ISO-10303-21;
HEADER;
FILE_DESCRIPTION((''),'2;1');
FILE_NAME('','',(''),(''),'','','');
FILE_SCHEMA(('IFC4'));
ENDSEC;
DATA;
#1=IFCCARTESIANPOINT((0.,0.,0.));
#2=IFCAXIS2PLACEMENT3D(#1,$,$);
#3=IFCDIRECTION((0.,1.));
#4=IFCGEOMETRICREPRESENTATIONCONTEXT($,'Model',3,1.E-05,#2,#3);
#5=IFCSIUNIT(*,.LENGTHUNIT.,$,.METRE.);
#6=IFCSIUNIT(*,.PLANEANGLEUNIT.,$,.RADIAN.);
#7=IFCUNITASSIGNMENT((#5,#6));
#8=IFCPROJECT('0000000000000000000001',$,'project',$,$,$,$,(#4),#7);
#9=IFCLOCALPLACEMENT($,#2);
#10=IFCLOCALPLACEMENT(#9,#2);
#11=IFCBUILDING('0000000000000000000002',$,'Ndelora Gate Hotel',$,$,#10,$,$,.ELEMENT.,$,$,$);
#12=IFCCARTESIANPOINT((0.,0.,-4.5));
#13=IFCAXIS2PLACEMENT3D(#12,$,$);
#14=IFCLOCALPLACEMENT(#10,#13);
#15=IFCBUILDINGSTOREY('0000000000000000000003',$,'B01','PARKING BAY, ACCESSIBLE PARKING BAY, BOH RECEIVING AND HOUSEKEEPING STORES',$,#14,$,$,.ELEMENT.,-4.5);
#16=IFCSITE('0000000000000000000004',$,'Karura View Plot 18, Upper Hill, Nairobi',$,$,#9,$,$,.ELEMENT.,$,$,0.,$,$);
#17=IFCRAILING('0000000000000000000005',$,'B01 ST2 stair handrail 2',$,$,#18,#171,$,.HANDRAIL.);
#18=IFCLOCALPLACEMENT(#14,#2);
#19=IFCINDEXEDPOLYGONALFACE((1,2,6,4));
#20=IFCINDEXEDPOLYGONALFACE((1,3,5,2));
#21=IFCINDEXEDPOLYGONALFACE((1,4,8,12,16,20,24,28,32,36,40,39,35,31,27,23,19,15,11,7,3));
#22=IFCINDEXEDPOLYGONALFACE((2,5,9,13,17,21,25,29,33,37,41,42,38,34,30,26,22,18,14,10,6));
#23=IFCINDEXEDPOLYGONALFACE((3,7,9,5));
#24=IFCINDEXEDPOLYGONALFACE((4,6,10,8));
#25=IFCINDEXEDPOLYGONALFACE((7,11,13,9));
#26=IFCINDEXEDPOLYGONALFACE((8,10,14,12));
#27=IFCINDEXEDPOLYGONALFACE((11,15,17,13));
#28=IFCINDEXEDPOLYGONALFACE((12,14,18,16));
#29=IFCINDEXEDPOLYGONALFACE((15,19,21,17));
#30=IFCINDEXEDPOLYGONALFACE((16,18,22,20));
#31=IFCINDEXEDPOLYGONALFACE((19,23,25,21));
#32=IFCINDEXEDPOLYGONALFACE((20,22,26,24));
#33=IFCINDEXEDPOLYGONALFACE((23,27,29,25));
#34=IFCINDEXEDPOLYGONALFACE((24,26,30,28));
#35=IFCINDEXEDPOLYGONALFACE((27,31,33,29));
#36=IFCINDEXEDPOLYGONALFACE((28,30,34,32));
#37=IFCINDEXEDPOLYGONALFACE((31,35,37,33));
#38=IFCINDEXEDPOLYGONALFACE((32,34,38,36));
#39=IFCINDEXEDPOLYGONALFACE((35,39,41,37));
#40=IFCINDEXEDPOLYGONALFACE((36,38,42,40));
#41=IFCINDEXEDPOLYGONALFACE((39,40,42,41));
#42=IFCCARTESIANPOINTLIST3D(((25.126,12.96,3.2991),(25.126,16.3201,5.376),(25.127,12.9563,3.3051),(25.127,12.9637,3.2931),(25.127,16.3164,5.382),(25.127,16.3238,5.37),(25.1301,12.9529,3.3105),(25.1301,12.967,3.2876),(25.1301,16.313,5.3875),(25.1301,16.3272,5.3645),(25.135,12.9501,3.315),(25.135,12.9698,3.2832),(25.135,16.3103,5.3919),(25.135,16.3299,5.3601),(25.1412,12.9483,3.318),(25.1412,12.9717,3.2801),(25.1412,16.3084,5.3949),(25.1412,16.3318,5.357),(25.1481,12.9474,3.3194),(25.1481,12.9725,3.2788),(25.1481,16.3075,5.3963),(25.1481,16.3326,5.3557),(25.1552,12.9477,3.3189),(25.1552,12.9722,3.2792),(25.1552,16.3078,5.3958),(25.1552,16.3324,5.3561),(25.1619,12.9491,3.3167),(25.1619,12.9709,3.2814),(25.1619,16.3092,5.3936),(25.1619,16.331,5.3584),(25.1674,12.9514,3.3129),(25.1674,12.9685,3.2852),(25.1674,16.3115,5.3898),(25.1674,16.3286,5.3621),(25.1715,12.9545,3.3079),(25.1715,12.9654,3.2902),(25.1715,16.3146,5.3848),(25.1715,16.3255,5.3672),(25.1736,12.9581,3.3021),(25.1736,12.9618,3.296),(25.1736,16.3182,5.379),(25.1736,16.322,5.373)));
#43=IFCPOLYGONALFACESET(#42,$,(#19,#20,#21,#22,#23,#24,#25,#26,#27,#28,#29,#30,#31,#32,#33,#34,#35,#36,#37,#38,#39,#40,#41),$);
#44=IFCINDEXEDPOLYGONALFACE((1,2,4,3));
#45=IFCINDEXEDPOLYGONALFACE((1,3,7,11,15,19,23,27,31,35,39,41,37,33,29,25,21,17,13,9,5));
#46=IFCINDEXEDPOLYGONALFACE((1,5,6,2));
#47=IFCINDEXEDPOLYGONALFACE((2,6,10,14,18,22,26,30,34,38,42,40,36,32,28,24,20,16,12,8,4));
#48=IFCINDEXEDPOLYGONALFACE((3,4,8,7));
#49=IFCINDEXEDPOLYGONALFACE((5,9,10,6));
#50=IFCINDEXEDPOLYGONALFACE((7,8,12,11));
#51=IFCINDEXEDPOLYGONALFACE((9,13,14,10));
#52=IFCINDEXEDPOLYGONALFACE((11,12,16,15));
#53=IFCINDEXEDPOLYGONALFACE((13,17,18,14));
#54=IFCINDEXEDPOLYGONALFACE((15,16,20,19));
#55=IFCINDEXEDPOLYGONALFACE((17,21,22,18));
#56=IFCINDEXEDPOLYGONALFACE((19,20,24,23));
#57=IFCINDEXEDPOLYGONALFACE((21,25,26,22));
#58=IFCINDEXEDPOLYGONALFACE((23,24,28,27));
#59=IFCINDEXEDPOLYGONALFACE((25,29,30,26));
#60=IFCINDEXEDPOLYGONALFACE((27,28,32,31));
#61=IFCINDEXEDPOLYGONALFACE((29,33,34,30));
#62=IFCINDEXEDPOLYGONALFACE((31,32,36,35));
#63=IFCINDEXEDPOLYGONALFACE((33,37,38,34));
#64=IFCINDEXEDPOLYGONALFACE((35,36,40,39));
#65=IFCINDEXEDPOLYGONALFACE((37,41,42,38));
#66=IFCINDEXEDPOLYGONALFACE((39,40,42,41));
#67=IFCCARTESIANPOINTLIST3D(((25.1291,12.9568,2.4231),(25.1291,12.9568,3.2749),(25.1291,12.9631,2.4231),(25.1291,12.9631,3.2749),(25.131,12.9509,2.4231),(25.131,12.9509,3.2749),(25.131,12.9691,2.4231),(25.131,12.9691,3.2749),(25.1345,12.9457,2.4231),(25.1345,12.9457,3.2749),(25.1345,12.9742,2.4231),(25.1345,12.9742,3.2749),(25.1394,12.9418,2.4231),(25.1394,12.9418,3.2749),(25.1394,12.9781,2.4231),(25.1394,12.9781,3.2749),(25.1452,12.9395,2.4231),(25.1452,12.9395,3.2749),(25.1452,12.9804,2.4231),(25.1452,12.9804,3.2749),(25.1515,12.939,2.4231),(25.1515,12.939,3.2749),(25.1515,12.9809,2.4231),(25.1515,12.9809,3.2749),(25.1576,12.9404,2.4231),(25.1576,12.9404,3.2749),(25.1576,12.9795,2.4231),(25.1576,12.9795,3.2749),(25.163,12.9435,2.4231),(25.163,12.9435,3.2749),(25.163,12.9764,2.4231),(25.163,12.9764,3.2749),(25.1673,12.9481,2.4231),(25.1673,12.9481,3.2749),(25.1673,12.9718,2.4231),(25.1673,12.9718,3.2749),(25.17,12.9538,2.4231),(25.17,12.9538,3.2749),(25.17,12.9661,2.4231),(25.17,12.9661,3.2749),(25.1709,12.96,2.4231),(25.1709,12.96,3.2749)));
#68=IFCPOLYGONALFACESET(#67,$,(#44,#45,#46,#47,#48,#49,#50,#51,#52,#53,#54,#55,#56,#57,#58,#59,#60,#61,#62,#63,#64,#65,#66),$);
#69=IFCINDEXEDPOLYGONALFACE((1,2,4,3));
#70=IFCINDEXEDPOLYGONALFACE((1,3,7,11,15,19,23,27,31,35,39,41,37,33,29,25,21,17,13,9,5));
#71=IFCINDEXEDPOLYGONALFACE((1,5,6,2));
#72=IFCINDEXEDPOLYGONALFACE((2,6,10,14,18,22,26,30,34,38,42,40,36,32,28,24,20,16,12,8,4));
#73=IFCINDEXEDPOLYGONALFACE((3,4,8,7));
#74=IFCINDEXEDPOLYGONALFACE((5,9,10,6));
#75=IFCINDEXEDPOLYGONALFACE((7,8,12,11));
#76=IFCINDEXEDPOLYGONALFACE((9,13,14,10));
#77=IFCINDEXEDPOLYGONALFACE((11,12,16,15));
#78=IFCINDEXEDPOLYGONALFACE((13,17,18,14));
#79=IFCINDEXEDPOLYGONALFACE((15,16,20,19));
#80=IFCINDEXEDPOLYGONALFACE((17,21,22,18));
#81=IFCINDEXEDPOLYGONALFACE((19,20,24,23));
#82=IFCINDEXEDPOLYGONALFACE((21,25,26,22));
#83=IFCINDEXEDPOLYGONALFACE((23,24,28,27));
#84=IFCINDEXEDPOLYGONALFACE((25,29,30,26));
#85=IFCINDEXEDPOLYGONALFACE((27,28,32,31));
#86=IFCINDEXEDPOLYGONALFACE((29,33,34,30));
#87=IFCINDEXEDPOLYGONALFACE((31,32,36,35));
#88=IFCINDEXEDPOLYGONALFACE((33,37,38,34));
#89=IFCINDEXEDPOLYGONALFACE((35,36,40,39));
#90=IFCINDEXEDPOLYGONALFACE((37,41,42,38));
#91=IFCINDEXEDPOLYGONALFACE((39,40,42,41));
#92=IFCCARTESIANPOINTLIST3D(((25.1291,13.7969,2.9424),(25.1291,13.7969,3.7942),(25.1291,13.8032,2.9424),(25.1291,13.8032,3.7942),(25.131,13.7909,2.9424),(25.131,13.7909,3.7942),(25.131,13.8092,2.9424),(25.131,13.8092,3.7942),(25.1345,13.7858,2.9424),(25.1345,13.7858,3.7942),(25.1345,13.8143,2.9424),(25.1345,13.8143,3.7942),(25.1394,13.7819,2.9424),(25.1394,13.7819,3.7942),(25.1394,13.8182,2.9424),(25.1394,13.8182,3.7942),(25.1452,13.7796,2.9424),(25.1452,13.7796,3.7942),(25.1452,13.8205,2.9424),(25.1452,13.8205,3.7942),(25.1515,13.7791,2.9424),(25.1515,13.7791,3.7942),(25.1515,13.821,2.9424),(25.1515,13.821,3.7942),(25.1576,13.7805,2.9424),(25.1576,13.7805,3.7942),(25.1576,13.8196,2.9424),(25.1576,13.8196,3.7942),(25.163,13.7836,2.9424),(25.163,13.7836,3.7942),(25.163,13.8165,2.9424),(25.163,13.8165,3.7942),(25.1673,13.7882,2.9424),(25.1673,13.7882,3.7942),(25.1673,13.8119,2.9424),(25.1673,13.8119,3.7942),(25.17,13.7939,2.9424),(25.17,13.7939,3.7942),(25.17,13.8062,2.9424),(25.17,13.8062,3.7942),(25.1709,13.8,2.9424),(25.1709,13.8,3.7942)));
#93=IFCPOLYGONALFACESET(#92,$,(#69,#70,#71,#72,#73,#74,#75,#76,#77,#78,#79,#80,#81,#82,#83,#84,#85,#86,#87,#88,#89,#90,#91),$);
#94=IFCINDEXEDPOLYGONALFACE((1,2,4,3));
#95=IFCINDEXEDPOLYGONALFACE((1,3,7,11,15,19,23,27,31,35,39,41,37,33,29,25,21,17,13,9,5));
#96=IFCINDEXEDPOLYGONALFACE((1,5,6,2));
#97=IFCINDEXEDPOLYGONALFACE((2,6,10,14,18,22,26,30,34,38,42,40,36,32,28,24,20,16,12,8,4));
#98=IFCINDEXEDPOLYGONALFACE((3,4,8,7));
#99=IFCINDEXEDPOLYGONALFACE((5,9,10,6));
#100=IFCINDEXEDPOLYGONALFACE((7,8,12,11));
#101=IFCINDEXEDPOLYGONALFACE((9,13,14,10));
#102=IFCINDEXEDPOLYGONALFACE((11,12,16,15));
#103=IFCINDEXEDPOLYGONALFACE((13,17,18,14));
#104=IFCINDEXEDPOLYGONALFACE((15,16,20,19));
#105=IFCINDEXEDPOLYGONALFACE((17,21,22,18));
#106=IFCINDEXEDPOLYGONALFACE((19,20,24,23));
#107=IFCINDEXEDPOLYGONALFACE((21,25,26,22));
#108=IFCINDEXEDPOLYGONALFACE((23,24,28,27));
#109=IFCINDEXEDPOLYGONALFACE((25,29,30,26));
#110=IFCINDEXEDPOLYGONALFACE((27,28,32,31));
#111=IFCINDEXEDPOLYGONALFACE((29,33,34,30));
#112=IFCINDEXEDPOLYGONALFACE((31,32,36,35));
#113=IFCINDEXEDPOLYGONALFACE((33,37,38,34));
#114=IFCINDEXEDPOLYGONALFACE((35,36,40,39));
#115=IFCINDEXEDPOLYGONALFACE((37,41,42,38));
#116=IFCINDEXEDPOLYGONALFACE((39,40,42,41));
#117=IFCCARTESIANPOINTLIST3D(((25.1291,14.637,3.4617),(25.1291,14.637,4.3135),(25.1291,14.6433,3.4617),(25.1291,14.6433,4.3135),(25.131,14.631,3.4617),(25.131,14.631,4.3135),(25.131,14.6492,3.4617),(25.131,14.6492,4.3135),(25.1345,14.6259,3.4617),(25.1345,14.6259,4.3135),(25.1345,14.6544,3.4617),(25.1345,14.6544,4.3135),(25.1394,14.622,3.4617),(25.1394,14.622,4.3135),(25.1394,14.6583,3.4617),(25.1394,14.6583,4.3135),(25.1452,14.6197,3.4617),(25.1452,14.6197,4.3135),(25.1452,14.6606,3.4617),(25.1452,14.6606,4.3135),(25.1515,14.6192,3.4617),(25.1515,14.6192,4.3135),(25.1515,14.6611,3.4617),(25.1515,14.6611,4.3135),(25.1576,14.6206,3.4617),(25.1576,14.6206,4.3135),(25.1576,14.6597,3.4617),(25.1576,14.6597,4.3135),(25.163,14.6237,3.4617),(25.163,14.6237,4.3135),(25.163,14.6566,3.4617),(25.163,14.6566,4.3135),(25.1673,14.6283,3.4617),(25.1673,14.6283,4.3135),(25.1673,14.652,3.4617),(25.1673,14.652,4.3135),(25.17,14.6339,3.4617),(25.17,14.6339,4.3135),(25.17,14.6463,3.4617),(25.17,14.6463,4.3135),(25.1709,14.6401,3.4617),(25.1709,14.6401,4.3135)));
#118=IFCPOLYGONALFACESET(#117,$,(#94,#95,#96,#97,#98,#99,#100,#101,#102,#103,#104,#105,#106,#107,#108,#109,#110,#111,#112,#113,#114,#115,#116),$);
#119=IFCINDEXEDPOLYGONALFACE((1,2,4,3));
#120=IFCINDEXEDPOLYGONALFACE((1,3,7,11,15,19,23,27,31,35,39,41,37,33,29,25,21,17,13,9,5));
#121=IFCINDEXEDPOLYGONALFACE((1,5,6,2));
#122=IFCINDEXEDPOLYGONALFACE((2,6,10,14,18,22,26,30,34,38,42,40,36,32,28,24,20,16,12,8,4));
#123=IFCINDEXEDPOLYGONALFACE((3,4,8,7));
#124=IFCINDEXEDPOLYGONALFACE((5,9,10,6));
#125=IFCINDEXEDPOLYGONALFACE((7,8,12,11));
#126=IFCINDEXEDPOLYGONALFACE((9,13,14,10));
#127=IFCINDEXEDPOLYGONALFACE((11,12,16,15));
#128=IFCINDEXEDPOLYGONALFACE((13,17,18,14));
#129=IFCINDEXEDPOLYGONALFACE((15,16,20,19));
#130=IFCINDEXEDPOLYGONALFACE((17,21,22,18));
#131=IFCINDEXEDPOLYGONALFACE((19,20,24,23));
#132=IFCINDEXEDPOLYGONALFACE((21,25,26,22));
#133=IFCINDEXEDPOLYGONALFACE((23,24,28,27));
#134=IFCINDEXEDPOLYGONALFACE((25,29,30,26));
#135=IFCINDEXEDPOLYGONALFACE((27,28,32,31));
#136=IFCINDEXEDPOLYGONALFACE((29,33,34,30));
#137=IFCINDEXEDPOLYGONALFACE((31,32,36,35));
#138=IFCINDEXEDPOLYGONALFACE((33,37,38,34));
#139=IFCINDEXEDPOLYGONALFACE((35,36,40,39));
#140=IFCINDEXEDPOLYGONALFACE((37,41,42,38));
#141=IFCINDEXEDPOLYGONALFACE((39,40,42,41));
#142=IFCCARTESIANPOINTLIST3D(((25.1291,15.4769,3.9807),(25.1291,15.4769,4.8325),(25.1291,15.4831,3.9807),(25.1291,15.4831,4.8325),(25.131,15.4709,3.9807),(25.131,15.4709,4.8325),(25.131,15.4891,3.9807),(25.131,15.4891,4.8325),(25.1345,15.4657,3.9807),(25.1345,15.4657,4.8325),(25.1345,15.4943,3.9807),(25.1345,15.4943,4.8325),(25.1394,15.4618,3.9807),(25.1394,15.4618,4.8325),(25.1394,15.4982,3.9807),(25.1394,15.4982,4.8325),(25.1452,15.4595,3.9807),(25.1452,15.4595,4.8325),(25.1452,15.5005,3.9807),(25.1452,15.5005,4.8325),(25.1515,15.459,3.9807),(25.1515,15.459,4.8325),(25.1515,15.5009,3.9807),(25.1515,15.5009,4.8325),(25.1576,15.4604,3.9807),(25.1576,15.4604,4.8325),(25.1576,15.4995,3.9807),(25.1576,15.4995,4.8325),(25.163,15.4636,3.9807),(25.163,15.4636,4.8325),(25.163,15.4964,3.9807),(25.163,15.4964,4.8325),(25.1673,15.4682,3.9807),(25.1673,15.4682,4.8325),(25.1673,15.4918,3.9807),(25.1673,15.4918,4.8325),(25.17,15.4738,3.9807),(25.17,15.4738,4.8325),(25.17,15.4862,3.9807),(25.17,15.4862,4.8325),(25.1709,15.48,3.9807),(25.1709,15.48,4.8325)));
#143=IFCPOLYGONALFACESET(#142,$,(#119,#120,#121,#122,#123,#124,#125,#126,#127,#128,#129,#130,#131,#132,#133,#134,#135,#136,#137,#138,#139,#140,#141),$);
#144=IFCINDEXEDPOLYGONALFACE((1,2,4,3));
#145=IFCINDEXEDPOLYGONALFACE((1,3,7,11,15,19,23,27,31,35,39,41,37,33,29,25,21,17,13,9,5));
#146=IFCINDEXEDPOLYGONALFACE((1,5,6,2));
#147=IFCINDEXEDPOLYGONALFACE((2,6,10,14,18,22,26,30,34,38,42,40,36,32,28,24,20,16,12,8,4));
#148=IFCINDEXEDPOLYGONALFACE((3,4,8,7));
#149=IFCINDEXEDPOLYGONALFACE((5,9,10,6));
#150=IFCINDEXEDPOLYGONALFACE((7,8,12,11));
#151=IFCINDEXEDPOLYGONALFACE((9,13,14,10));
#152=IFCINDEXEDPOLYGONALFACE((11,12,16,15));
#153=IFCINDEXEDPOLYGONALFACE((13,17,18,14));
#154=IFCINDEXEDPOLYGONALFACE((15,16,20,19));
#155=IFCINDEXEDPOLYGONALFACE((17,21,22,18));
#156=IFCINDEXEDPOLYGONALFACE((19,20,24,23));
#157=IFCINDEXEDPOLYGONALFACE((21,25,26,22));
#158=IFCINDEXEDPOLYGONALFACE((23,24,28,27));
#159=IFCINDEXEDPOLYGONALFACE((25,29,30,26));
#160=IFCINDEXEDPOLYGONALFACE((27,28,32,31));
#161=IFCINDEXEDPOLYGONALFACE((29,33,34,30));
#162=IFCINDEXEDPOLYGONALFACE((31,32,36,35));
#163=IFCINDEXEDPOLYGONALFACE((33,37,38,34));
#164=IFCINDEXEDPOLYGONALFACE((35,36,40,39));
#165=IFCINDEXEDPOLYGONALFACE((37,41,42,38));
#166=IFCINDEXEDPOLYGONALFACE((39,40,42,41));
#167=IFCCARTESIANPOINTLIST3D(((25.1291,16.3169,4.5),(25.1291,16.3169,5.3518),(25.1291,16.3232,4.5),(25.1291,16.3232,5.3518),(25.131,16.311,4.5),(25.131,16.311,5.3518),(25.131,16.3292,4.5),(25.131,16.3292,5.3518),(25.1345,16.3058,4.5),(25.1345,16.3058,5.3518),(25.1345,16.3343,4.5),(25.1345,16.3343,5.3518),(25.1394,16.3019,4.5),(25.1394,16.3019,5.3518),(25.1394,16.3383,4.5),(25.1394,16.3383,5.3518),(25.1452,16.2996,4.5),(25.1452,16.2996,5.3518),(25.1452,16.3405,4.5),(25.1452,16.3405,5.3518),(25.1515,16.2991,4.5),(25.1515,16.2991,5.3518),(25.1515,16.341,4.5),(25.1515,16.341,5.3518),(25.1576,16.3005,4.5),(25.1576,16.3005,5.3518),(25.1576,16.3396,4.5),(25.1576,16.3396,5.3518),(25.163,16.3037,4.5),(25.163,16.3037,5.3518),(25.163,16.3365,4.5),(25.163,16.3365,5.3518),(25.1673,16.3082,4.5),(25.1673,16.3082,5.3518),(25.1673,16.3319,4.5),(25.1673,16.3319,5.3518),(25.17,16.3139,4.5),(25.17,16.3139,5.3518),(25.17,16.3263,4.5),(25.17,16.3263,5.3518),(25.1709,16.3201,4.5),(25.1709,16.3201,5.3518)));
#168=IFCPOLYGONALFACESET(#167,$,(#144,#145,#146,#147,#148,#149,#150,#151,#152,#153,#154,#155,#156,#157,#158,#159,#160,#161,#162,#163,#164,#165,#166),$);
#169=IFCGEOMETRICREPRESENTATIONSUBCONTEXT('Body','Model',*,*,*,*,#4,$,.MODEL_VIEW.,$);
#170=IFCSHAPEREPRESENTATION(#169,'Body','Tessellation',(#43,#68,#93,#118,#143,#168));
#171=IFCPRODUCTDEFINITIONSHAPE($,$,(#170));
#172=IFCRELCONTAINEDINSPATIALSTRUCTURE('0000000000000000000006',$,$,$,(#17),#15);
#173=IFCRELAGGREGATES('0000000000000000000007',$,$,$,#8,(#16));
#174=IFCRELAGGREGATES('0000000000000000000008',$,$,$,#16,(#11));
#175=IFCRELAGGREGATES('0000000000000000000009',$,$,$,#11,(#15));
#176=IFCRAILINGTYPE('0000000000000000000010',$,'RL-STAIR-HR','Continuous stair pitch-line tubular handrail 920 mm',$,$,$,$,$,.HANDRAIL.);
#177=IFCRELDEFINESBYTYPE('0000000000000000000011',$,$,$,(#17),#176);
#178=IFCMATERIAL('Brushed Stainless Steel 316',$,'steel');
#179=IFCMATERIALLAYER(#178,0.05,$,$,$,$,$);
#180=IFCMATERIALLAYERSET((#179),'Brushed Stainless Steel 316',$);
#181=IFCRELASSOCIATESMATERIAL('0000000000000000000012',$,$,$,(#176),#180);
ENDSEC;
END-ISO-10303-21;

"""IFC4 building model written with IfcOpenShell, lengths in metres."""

from ifc_helpers import new_model, si_unit, direction, frame, origin, origin_2d, place, context, subcontext, project, spatial, circle, extrude, material, layer, layer_set, type_object, element, save


model = new_model("IFC4")

# Units and contexts
model_context = context("Model", 3, precision=1e-05, world=origin(), true_north=direction((0.0, 1.0)))
body_context = subcontext(model_context, "Body", "Model", "MODEL_VIEW")
ifc_project = project(units=[si_unit("LENGTHUNIT", "METRE"), si_unit("PLANEANGLEUNIT", "RADIAN")], contexts=[model_context])

# Site, building, storey
site_placement = place(None, origin())
site = spatial("IfcSite", under=ifc_project, at=site_placement, Name="Karura View Plot 18, Upper Hill, Nairobi", CompositionType="ELEMENT", RefElevation=0.0)
building_placement = place(site_placement, origin())
building = spatial("IfcBuilding", under=site, at=building_placement, Name="Ndelora Gate Hotel", CompositionType="ELEMENT")
storey_placement = place(building_placement, frame((0.0, 0.0, -4.5)))
storey = spatial("IfcBuildingStorey", under=building, at=storey_placement, Name="B01", Description="PARKING BAY, ACCESSIBLE PARKING BAY, BOH RECEIVING AND HOUSEKEEPING STORES", CompositionType="ELEMENT", Elevation=-4.5)

# Railing
ifc_material_1 = material(Name="Brushed Stainless Steel 316", Category="steel")
ifc_layer_1 = layer(ifc_material_1, 0.05)
ifc_layer_set_1 = layer_set([ifc_layer_1], Name="Brushed Stainless Steel 316")
railing_type_1 = type_object("IfcRailingType", Name="RL-STAIR-HR", Description="Continuous stair pitch-line tubular handrail 920 mm", PredefinedType="HANDRAIL", material=ifc_layer_set_1)
railing_1_placement = place(storey_placement, frame((25.1499, 12.96, 2.4231)))
element("IfcRailing", 1, at=railing_1_placement, inside=storey, type_object=railing_type_1, Name="B01 ST2 stair handrail 2", PredefinedType="HANDRAIL", context=body_context, shape_type="SweptSolid", body=[
    extrude(circle(Radius=0.0239, at=origin_2d()), frame((0.0, 0.0, 0.876), z_axis=(0.0, 0.850623, 0.525776), x_axis=(-1.0, 0.0, 0.0)), (0.0, 0.0, 1.0), 3.9502),
    extrude(circle(Radius=0.021, at=origin_2d()), origin(), (0.0, 0.0, 1.0), 0.8518),
    extrude(circle(Radius=0.021, at=origin_2d()), frame((0.0, 0.8401, 0.5193)), (0.0, 0.0, 1.0), 0.8518),
    extrude(circle(Radius=0.021, at=origin_2d()), frame((0.0, 1.6802, 1.0386)), (0.0, 0.0, 1.0), 0.8518),
    extrude(circle(Radius=0.021, at=origin_2d()), frame((0.0, 2.52, 1.5576)), (0.0, 0.0, 1.0), 0.8518),
    extrude(circle(Radius=0.021, at=origin_2d()), frame((0.0, 3.3601, 2.0769)), (0.0, 0.0, 1.0), 0.8518),
])

save(model, "model.ifc")
